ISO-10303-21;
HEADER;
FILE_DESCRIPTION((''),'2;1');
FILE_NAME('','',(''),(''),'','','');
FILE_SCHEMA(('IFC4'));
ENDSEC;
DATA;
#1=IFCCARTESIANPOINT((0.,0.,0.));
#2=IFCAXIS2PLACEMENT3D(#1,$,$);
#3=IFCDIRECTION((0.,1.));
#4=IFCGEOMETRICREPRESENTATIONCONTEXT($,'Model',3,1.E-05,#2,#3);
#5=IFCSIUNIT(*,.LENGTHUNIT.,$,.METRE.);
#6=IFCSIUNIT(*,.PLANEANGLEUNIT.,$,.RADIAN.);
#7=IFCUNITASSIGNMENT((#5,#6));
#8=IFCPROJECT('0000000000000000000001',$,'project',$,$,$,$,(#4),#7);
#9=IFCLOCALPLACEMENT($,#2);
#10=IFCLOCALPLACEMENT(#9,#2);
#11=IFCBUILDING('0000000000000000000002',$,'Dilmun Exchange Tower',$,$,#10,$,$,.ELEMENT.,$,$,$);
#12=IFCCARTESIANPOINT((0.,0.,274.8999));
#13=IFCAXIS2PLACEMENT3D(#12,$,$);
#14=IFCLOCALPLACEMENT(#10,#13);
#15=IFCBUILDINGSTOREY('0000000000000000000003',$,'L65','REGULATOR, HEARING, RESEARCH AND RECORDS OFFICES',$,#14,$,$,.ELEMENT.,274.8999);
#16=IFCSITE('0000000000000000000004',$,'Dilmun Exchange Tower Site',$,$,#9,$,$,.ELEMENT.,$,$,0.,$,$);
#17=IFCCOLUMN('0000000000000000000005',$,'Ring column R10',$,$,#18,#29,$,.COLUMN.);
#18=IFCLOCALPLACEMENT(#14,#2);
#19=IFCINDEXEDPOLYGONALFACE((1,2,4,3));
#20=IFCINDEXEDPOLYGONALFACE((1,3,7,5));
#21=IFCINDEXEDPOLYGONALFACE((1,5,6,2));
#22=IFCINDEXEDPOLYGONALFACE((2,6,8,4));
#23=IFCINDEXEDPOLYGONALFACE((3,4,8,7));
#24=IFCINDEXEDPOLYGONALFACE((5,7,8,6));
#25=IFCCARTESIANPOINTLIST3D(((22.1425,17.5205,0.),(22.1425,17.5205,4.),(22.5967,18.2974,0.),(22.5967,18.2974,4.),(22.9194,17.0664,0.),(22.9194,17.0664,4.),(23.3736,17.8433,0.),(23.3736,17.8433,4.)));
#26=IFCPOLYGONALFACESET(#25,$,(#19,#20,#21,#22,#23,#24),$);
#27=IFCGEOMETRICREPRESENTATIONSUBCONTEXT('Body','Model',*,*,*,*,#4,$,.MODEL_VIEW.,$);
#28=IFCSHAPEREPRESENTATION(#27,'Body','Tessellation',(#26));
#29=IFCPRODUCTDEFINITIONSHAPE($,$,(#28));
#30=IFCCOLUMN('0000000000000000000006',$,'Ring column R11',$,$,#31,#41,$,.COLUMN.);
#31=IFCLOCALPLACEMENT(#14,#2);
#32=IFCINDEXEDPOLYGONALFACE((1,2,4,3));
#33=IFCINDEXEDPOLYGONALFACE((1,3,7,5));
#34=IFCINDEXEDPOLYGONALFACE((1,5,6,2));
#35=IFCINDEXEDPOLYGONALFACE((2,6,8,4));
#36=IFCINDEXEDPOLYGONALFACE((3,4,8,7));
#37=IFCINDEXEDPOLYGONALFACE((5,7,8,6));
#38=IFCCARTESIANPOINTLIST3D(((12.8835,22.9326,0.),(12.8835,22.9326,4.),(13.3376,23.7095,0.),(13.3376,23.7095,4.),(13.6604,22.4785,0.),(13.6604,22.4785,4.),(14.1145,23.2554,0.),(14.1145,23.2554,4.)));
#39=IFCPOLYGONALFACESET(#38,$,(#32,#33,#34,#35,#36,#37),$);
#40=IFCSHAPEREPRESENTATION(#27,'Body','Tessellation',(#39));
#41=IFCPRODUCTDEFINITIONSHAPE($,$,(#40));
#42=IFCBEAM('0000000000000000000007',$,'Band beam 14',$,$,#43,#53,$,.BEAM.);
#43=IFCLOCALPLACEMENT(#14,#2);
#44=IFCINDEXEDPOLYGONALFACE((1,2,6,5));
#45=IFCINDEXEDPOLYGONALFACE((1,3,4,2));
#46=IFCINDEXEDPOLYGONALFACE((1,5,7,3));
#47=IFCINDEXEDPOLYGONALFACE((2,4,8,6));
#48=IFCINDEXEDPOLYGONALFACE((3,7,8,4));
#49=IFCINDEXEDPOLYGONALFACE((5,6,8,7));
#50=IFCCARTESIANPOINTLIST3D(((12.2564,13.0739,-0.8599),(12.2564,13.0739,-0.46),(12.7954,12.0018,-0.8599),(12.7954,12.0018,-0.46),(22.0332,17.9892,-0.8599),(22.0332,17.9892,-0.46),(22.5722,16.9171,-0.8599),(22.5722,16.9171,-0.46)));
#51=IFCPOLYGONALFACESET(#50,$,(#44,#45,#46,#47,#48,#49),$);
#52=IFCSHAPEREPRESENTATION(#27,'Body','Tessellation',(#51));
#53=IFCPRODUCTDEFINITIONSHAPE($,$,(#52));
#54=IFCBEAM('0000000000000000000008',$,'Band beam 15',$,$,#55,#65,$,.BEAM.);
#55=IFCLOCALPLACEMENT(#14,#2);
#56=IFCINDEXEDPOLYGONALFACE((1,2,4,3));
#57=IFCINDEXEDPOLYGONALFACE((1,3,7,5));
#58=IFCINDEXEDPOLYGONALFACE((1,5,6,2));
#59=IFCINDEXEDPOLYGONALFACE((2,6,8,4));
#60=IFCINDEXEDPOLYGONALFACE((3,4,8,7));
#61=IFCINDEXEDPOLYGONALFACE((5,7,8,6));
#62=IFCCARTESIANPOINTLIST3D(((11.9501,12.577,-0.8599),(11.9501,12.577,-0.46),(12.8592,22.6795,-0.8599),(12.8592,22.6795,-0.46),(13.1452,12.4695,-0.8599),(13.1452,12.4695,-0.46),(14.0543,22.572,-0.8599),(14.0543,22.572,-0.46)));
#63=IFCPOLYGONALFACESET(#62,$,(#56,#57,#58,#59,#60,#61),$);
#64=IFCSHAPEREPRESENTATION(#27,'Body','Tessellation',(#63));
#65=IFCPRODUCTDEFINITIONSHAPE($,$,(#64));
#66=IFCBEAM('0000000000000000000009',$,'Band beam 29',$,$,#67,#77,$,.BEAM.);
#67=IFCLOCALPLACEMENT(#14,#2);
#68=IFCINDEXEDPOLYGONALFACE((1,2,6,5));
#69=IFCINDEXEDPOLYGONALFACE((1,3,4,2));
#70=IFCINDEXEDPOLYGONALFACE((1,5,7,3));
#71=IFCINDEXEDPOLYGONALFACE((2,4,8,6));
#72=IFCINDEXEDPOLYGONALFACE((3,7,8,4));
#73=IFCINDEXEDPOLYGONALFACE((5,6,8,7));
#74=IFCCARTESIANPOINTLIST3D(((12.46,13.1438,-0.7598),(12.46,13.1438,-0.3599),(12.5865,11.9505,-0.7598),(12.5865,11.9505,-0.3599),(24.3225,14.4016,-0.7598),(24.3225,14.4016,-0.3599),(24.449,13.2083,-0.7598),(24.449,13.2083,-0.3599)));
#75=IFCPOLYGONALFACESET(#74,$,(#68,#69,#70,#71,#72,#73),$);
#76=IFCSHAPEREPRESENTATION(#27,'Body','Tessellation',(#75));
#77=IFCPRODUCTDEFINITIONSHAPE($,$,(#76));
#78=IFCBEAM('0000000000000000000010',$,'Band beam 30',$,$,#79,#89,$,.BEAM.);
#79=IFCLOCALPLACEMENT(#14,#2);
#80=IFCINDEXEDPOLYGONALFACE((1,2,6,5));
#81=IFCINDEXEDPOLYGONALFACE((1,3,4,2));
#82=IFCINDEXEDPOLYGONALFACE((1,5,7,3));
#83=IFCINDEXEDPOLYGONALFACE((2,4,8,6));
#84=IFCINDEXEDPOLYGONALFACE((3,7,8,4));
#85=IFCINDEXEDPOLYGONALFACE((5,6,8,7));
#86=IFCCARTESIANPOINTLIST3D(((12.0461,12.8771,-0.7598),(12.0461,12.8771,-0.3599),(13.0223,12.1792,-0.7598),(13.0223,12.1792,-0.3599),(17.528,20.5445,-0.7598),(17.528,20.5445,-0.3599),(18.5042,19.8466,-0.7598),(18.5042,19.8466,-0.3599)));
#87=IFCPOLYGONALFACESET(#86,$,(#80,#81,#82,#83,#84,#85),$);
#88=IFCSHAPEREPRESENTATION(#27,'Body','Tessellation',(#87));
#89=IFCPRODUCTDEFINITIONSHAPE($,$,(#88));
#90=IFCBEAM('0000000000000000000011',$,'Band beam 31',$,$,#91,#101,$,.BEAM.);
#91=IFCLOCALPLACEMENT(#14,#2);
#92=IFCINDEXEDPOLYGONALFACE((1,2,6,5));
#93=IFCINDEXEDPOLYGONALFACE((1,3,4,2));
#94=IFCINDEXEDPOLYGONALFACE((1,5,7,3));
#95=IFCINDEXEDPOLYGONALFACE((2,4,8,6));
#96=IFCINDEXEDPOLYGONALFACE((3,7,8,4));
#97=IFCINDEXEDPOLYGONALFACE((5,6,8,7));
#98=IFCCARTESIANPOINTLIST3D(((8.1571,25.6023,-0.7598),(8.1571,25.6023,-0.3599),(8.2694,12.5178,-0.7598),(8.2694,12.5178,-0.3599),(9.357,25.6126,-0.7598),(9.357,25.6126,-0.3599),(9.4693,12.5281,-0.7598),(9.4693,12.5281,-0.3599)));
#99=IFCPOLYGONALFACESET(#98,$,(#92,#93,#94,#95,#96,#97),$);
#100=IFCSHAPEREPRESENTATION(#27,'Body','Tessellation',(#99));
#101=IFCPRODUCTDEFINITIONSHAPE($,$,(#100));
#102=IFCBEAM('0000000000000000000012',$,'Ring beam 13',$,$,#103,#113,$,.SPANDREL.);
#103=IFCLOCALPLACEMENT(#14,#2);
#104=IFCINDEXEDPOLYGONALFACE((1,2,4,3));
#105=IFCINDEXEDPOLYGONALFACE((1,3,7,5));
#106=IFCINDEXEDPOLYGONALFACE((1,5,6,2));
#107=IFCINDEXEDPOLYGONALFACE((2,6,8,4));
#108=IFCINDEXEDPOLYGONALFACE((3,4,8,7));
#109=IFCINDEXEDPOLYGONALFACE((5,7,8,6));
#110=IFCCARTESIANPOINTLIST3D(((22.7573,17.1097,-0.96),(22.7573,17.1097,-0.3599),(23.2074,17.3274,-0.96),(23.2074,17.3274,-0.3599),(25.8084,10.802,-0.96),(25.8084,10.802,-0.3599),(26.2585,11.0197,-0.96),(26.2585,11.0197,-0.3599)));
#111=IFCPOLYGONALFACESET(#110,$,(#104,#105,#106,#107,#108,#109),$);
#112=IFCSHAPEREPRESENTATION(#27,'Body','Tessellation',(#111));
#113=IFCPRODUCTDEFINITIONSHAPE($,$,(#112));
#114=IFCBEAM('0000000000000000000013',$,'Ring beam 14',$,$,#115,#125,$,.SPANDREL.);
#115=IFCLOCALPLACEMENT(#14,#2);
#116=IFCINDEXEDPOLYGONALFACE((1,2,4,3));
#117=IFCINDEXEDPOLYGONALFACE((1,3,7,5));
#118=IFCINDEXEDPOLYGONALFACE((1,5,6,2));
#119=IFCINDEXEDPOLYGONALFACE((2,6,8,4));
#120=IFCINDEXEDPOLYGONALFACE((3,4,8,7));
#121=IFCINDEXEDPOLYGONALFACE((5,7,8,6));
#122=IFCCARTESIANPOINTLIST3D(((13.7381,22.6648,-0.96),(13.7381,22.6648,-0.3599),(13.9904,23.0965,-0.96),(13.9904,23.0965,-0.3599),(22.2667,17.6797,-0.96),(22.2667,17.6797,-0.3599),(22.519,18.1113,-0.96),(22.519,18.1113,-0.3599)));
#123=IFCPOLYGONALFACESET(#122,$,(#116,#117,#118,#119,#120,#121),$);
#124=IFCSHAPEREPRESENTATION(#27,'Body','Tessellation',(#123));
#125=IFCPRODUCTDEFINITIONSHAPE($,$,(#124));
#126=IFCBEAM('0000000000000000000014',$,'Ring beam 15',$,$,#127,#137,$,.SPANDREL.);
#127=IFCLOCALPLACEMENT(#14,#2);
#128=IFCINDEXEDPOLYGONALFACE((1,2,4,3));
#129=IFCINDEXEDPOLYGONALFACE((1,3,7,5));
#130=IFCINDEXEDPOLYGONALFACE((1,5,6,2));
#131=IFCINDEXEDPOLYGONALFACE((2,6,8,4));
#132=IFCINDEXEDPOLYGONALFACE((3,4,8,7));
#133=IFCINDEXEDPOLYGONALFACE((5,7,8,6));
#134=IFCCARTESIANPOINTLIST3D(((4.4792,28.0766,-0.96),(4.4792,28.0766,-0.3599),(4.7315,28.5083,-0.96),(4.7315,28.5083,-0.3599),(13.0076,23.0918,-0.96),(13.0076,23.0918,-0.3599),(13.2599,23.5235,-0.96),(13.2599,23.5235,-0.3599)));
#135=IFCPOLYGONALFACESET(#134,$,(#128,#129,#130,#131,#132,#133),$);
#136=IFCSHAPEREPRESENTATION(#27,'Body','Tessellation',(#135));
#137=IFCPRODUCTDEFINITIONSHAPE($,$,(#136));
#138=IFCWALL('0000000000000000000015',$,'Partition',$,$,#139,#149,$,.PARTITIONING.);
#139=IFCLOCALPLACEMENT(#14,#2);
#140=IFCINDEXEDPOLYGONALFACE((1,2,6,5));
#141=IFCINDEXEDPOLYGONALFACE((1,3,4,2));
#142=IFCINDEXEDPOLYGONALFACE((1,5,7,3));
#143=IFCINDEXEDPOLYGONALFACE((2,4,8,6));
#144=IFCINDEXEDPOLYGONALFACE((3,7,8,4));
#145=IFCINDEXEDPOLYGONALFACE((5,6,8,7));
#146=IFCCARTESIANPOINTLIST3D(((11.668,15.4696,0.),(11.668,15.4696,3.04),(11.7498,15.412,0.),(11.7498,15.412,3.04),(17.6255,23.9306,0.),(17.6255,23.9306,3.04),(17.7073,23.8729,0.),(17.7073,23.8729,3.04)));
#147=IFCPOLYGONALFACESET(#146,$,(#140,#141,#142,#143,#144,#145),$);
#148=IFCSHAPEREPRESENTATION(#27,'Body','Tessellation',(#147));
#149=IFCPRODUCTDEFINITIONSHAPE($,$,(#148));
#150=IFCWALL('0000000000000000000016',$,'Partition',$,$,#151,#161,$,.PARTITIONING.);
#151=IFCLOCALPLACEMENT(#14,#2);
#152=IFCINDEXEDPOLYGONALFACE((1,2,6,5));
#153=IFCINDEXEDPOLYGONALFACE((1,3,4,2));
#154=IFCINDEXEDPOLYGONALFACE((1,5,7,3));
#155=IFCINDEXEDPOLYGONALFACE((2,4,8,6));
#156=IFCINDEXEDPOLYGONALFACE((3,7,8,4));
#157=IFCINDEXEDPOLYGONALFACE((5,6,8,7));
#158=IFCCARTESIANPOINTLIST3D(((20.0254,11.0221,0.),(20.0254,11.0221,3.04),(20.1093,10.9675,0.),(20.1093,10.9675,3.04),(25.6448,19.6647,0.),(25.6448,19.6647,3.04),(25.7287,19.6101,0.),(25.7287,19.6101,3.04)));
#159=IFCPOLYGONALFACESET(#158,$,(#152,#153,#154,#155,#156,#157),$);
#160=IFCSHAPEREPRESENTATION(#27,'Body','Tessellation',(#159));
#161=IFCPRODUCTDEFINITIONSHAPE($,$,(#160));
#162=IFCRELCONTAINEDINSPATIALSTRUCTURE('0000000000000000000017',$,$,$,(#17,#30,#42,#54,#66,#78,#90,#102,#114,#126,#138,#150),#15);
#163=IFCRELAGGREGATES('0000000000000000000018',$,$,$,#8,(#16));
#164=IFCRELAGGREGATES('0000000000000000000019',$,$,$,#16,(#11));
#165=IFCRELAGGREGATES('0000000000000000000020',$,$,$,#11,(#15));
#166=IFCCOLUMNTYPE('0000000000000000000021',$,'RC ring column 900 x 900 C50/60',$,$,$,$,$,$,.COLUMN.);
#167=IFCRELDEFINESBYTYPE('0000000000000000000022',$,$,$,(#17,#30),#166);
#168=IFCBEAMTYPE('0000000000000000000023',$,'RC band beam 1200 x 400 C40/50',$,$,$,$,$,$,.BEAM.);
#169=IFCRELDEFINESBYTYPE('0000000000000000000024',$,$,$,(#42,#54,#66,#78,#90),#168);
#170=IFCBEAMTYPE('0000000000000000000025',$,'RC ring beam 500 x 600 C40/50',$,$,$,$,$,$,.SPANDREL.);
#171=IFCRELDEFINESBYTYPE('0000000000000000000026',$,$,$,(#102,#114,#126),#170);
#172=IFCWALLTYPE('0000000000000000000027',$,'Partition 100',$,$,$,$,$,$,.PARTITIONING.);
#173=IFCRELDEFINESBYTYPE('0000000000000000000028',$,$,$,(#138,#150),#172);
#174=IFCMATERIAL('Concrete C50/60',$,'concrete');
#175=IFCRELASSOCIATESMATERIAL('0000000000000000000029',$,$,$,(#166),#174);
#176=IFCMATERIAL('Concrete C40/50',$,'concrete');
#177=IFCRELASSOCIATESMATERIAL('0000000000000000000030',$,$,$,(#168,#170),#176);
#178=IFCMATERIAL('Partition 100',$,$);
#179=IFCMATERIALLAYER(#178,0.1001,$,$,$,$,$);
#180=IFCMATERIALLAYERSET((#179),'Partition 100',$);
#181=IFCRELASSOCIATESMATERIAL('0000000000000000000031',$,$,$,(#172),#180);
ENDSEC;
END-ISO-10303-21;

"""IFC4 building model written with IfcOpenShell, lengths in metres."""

from ifc_helpers import new_model, si_unit, direction, frame, frame_2d, origin, origin_2d, place, context, subcontext, project, spatial, rectangle, extrude, material, layer, layer_set, material_profile, profile_set, type_object, element, save


model = new_model("IFC4")

# Units and contexts
model_context = context("Model", 3, precision=1e-05, world=origin(), true_north=direction((0.0, 1.0)))
body_context = subcontext(model_context, "Body", "Model", "MODEL_VIEW")
ifc_project = project(units=[si_unit("LENGTHUNIT", "METRE"), si_unit("PLANEANGLEUNIT", "RADIAN")], contexts=[model_context])

# Site, building, storey
site_placement = place(None, origin())
site = spatial("IfcSite", under=ifc_project, at=site_placement, Name="Dilmun Exchange Tower Site", CompositionType="ELEMENT", RefElevation=0.0)
building_placement = place(site_placement, origin())
building = spatial("IfcBuilding", under=site, at=building_placement, Name="Dilmun Exchange Tower", CompositionType="ELEMENT")
storey_placement = place(building_placement, frame((0.0, 0.0, 274.8999)))
storey = spatial("IfcBuildingStorey", under=building, at=storey_placement, Name="L65", Description="REGULATOR, HEARING, RESEARCH AND RECORDS OFFICES", CompositionType="ELEMENT", Elevation=274.8999)

# Columns
ifc_material_1 = material(Name="Concrete C50/60", Category="concrete")
ifc_material_profile_1 = material_profile(ifc_material_1, rectangle(XDim=0.8999, YDim=0.8999, at=origin_2d()), Name="900 x 900")
ifc_profile_set_1 = profile_set([ifc_material_profile_1], Name="Concrete C50/60")
column_type = type_object("IfcColumnType", Name="RC ring column 900 x 900 C50/60", PredefinedType="COLUMN", material=ifc_profile_set_1)
for number, where, z_axis, x_axis, name in (
    (1, (22.7581, 17.6819, 0.0), (0.0, 0.0, 1.0), (0.504644, 0.863328, 0.0), "Ring column R10"),
    (2, (13.499, 23.094, 0.0), (0.0, 0.0, 1.0), (0.504644, 0.863328, 0.0), "Ring column R11"),
):
    element("IfcColumn", number, at=place(storey_placement, frame(where, z_axis=z_axis, x_axis=x_axis)), inside=storey, type_object=column_type, Name=name, PredefinedType="COLUMN", context=body_context, shape_type="SweptSolid", body=[
        extrude(rectangle(XDim=0.8999, YDim=0.8999, at=origin_2d()), origin(), (0.0, 0.0, 1.0), 4.0),
    ])

# Beams
ifc_material_2 = material(Name="Concrete C40/50", Category="concrete")
ifc_material_profile_2 = material_profile(ifc_material_2, rectangle(XDim=1.2, YDim=0.3999, at=origin_2d()), Name="1200 x 400")
ifc_profile_set_2 = profile_set([ifc_material_profile_2], Name="Concrete C40/50")
beam_type_1 = type_object("IfcBeamType", Name="RC band beam 1200 x 400 C40/50", PredefinedType="BEAM", material=ifc_profile_set_2)
beam_1_placement = place(storey_placement, frame((22.3027, 17.4531, -0.6599), z_axis=(-0.893443, -0.449176, 0.0), x_axis=(0.449176, -0.893443, 0.0)))
element("IfcBeam", 3, at=beam_1_placement, inside=storey, type_object=beam_type_1, Name="Band beam 14", PredefinedType="BEAM", context=body_context, shape_type="SweptSolid", body=[
    extrude(rectangle(XDim=1.2, YDim=0.3999, at=origin_2d()), origin(), (0.0, 0.0, 1.0), 10.9429),
])
beam_2_placement = place(storey_placement, frame((13.4568, 22.6257, -0.6599), z_axis=(-0.089633, -0.995975, 0.0), x_axis=(0.995975, -0.089633, 0.0)))
element("IfcBeam", 4, at=beam_2_placement, inside=storey, type_object=beam_type_1, Name="Band beam 15", PredefinedType="BEAM", context=body_context, shape_type="SweptSolid", body=[
    extrude(rectangle(XDim=1.2, YDim=0.3999, at=origin_2d()), origin(), (0.0, 0.0, 1.0), 10.1433),
])
beam_3_placement = place(storey_placement, frame((24.3857, 13.8049, -0.5598), z_axis=(-0.994426, -0.105441, 0.0), x_axis=(0.105441, -0.994426, 0.0)))
element("IfcBeam", 5, at=beam_3_placement, inside=storey, type_object=beam_type_1, Name="Band beam 29", PredefinedType="BEAM", context=body_context, shape_type="SweptSolid", body=[
    extrude(rectangle(XDim=1.2, YDim=0.3999, at=origin_2d()), origin(), (0.0, 0.0, 1.0), 11.929),
])
beam_4_placement = place(storey_placement, frame((18.0161, 20.1956, -0.5598), z_axis=(-0.581601, -0.813474, 0.0), x_axis=(0.813474, -0.581601, 0.0)))
element("IfcBeam", 6, at=beam_4_placement, inside=storey, type_object=beam_type_1, Name="Band beam 30", PredefinedType="BEAM", context=body_context, shape_type="SweptSolid", body=[
    extrude(rectangle(XDim=1.2, YDim=0.3999, at=origin_2d()), origin(), (0.0, 0.0, 1.0), 9.4255),
])
beam_5_placement = place(storey_placement, frame((8.7571, 25.6074, -0.5598), z_axis=(0.008583, -0.999963, 0.0), x_axis=(0.999963, 0.008583, 0.0)))
element("IfcBeam", 7, at=beam_5_placement, inside=storey, type_object=beam_type_1, Name="Band beam 31", PredefinedType="BEAM", context=body_context, shape_type="SweptSolid", body=[
    extrude(rectangle(XDim=1.2, YDim=0.3999, at=origin_2d()), origin(), (0.0, 0.0, 1.0), 13.085),
])
ifc_material_profile_3 = material_profile(ifc_material_2, rectangle(XDim=0.5, YDim=0.6001, at=origin_2d()), Name="500 x 600")
ifc_profile_set_3 = profile_set([ifc_material_profile_3], Name="Concrete C40/50")
beam_type_2 = type_object("IfcBeamType", Name="RC ring beam 500 x 600 C40/50", PredefinedType="SPANDREL", material=ifc_profile_set_3)
beam_6_placement = place(storey_placement, frame((26.0334, 10.9109, -0.6599), z_axis=(-0.43544, 0.900218, 0.0), x_axis=(-0.900218, -0.43544, 0.0)))
element("IfcBeam", 8, at=beam_6_placement, inside=storey, type_object=beam_type_2, Name="Ring beam 13", PredefinedType="SPANDREL", context=body_context, shape_type="SweptSolid", body=[
    extrude(rectangle(XDim=0.5, YDim=0.6001, at=origin_2d()), origin(), (0.0, 0.0, 1.0), 7.0068),
])
beam_7_placement = place(storey_placement, frame((22.3928, 17.8955, -0.6599), z_axis=(-0.863333, 0.504635, 0.0), x_axis=(-0.504635, -0.863333, 0.0)))
element("IfcBeam", 9, at=beam_7_placement, inside=storey, type_object=beam_type_2, Name="Ring beam 14", PredefinedType="SPANDREL", context=body_context, shape_type="SweptSolid", body=[
    extrude(rectangle(XDim=0.5, YDim=0.6001, at=origin_2d()), origin(), (0.0, 0.0, 1.0), 9.8787),
])
beam_8_placement = place(storey_placement, frame((13.1338, 23.3076, -0.6599), z_axis=(-0.863344, 0.504616, 0.0), x_axis=(-0.504616, -0.863344, 0.0)))
element("IfcBeam", 10, at=beam_8_placement, inside=storey, type_object=beam_type_2, Name="Ring beam 15", PredefinedType="SPANDREL", context=body_context, shape_type="SweptSolid", body=[
    extrude(rectangle(XDim=0.5, YDim=0.6001, at=origin_2d()), origin(), (0.0, 0.0, 1.0), 9.8784),
])

# Walls
ifc_material_3 = material(Name="Partition 100")
ifc_layer_1 = layer(ifc_material_3, 0.1001)
ifc_layer_set_1 = layer_set([ifc_layer_1], Name="Partition 100")
wall_type_1 = type_object("IfcWallType", Name="Partition 100", PredefinedType="PARTITIONING", material=ifc_layer_set_1)
wall_1_placement = place(storey_placement, frame((11.709, 15.4409, 0.0), z_axis=(0.0, 0.0, 1.0), x_axis=(0.575721, 0.817646, 0.0)))
element("IfcWall", 11, at=wall_1_placement, inside=storey, type_object=wall_type_1, Name="Partition", PredefinedType="PARTITIONING", context=body_context, shape_type="SweptSolid", body=[
    extrude(rectangle(XDim=10.3479, YDim=0.1001, at=frame_2d((5.1738, 0.0))), origin(), (0.0, 0.0, 1.0), 3.04),
])
wall_2_placement = place(storey_placement, frame((20.0674, 10.9949, 0.0), z_axis=(0.0, 0.0, 1.0), x_axis=(0.545105, 0.838368, 0.0)))
element("IfcWall", 12, at=wall_2_placement, inside=storey, type_object=wall_type_1, Name="Partition", PredefinedType="PARTITIONING", context=body_context, shape_type="SweptSolid", body=[
    extrude(rectangle(XDim=10.3088, YDim=0.1001, at=frame_2d((5.1543, 0.0))), origin(), (0.0, 0.0, 1.0), 3.04),
])

save(model, "model.ifc")
